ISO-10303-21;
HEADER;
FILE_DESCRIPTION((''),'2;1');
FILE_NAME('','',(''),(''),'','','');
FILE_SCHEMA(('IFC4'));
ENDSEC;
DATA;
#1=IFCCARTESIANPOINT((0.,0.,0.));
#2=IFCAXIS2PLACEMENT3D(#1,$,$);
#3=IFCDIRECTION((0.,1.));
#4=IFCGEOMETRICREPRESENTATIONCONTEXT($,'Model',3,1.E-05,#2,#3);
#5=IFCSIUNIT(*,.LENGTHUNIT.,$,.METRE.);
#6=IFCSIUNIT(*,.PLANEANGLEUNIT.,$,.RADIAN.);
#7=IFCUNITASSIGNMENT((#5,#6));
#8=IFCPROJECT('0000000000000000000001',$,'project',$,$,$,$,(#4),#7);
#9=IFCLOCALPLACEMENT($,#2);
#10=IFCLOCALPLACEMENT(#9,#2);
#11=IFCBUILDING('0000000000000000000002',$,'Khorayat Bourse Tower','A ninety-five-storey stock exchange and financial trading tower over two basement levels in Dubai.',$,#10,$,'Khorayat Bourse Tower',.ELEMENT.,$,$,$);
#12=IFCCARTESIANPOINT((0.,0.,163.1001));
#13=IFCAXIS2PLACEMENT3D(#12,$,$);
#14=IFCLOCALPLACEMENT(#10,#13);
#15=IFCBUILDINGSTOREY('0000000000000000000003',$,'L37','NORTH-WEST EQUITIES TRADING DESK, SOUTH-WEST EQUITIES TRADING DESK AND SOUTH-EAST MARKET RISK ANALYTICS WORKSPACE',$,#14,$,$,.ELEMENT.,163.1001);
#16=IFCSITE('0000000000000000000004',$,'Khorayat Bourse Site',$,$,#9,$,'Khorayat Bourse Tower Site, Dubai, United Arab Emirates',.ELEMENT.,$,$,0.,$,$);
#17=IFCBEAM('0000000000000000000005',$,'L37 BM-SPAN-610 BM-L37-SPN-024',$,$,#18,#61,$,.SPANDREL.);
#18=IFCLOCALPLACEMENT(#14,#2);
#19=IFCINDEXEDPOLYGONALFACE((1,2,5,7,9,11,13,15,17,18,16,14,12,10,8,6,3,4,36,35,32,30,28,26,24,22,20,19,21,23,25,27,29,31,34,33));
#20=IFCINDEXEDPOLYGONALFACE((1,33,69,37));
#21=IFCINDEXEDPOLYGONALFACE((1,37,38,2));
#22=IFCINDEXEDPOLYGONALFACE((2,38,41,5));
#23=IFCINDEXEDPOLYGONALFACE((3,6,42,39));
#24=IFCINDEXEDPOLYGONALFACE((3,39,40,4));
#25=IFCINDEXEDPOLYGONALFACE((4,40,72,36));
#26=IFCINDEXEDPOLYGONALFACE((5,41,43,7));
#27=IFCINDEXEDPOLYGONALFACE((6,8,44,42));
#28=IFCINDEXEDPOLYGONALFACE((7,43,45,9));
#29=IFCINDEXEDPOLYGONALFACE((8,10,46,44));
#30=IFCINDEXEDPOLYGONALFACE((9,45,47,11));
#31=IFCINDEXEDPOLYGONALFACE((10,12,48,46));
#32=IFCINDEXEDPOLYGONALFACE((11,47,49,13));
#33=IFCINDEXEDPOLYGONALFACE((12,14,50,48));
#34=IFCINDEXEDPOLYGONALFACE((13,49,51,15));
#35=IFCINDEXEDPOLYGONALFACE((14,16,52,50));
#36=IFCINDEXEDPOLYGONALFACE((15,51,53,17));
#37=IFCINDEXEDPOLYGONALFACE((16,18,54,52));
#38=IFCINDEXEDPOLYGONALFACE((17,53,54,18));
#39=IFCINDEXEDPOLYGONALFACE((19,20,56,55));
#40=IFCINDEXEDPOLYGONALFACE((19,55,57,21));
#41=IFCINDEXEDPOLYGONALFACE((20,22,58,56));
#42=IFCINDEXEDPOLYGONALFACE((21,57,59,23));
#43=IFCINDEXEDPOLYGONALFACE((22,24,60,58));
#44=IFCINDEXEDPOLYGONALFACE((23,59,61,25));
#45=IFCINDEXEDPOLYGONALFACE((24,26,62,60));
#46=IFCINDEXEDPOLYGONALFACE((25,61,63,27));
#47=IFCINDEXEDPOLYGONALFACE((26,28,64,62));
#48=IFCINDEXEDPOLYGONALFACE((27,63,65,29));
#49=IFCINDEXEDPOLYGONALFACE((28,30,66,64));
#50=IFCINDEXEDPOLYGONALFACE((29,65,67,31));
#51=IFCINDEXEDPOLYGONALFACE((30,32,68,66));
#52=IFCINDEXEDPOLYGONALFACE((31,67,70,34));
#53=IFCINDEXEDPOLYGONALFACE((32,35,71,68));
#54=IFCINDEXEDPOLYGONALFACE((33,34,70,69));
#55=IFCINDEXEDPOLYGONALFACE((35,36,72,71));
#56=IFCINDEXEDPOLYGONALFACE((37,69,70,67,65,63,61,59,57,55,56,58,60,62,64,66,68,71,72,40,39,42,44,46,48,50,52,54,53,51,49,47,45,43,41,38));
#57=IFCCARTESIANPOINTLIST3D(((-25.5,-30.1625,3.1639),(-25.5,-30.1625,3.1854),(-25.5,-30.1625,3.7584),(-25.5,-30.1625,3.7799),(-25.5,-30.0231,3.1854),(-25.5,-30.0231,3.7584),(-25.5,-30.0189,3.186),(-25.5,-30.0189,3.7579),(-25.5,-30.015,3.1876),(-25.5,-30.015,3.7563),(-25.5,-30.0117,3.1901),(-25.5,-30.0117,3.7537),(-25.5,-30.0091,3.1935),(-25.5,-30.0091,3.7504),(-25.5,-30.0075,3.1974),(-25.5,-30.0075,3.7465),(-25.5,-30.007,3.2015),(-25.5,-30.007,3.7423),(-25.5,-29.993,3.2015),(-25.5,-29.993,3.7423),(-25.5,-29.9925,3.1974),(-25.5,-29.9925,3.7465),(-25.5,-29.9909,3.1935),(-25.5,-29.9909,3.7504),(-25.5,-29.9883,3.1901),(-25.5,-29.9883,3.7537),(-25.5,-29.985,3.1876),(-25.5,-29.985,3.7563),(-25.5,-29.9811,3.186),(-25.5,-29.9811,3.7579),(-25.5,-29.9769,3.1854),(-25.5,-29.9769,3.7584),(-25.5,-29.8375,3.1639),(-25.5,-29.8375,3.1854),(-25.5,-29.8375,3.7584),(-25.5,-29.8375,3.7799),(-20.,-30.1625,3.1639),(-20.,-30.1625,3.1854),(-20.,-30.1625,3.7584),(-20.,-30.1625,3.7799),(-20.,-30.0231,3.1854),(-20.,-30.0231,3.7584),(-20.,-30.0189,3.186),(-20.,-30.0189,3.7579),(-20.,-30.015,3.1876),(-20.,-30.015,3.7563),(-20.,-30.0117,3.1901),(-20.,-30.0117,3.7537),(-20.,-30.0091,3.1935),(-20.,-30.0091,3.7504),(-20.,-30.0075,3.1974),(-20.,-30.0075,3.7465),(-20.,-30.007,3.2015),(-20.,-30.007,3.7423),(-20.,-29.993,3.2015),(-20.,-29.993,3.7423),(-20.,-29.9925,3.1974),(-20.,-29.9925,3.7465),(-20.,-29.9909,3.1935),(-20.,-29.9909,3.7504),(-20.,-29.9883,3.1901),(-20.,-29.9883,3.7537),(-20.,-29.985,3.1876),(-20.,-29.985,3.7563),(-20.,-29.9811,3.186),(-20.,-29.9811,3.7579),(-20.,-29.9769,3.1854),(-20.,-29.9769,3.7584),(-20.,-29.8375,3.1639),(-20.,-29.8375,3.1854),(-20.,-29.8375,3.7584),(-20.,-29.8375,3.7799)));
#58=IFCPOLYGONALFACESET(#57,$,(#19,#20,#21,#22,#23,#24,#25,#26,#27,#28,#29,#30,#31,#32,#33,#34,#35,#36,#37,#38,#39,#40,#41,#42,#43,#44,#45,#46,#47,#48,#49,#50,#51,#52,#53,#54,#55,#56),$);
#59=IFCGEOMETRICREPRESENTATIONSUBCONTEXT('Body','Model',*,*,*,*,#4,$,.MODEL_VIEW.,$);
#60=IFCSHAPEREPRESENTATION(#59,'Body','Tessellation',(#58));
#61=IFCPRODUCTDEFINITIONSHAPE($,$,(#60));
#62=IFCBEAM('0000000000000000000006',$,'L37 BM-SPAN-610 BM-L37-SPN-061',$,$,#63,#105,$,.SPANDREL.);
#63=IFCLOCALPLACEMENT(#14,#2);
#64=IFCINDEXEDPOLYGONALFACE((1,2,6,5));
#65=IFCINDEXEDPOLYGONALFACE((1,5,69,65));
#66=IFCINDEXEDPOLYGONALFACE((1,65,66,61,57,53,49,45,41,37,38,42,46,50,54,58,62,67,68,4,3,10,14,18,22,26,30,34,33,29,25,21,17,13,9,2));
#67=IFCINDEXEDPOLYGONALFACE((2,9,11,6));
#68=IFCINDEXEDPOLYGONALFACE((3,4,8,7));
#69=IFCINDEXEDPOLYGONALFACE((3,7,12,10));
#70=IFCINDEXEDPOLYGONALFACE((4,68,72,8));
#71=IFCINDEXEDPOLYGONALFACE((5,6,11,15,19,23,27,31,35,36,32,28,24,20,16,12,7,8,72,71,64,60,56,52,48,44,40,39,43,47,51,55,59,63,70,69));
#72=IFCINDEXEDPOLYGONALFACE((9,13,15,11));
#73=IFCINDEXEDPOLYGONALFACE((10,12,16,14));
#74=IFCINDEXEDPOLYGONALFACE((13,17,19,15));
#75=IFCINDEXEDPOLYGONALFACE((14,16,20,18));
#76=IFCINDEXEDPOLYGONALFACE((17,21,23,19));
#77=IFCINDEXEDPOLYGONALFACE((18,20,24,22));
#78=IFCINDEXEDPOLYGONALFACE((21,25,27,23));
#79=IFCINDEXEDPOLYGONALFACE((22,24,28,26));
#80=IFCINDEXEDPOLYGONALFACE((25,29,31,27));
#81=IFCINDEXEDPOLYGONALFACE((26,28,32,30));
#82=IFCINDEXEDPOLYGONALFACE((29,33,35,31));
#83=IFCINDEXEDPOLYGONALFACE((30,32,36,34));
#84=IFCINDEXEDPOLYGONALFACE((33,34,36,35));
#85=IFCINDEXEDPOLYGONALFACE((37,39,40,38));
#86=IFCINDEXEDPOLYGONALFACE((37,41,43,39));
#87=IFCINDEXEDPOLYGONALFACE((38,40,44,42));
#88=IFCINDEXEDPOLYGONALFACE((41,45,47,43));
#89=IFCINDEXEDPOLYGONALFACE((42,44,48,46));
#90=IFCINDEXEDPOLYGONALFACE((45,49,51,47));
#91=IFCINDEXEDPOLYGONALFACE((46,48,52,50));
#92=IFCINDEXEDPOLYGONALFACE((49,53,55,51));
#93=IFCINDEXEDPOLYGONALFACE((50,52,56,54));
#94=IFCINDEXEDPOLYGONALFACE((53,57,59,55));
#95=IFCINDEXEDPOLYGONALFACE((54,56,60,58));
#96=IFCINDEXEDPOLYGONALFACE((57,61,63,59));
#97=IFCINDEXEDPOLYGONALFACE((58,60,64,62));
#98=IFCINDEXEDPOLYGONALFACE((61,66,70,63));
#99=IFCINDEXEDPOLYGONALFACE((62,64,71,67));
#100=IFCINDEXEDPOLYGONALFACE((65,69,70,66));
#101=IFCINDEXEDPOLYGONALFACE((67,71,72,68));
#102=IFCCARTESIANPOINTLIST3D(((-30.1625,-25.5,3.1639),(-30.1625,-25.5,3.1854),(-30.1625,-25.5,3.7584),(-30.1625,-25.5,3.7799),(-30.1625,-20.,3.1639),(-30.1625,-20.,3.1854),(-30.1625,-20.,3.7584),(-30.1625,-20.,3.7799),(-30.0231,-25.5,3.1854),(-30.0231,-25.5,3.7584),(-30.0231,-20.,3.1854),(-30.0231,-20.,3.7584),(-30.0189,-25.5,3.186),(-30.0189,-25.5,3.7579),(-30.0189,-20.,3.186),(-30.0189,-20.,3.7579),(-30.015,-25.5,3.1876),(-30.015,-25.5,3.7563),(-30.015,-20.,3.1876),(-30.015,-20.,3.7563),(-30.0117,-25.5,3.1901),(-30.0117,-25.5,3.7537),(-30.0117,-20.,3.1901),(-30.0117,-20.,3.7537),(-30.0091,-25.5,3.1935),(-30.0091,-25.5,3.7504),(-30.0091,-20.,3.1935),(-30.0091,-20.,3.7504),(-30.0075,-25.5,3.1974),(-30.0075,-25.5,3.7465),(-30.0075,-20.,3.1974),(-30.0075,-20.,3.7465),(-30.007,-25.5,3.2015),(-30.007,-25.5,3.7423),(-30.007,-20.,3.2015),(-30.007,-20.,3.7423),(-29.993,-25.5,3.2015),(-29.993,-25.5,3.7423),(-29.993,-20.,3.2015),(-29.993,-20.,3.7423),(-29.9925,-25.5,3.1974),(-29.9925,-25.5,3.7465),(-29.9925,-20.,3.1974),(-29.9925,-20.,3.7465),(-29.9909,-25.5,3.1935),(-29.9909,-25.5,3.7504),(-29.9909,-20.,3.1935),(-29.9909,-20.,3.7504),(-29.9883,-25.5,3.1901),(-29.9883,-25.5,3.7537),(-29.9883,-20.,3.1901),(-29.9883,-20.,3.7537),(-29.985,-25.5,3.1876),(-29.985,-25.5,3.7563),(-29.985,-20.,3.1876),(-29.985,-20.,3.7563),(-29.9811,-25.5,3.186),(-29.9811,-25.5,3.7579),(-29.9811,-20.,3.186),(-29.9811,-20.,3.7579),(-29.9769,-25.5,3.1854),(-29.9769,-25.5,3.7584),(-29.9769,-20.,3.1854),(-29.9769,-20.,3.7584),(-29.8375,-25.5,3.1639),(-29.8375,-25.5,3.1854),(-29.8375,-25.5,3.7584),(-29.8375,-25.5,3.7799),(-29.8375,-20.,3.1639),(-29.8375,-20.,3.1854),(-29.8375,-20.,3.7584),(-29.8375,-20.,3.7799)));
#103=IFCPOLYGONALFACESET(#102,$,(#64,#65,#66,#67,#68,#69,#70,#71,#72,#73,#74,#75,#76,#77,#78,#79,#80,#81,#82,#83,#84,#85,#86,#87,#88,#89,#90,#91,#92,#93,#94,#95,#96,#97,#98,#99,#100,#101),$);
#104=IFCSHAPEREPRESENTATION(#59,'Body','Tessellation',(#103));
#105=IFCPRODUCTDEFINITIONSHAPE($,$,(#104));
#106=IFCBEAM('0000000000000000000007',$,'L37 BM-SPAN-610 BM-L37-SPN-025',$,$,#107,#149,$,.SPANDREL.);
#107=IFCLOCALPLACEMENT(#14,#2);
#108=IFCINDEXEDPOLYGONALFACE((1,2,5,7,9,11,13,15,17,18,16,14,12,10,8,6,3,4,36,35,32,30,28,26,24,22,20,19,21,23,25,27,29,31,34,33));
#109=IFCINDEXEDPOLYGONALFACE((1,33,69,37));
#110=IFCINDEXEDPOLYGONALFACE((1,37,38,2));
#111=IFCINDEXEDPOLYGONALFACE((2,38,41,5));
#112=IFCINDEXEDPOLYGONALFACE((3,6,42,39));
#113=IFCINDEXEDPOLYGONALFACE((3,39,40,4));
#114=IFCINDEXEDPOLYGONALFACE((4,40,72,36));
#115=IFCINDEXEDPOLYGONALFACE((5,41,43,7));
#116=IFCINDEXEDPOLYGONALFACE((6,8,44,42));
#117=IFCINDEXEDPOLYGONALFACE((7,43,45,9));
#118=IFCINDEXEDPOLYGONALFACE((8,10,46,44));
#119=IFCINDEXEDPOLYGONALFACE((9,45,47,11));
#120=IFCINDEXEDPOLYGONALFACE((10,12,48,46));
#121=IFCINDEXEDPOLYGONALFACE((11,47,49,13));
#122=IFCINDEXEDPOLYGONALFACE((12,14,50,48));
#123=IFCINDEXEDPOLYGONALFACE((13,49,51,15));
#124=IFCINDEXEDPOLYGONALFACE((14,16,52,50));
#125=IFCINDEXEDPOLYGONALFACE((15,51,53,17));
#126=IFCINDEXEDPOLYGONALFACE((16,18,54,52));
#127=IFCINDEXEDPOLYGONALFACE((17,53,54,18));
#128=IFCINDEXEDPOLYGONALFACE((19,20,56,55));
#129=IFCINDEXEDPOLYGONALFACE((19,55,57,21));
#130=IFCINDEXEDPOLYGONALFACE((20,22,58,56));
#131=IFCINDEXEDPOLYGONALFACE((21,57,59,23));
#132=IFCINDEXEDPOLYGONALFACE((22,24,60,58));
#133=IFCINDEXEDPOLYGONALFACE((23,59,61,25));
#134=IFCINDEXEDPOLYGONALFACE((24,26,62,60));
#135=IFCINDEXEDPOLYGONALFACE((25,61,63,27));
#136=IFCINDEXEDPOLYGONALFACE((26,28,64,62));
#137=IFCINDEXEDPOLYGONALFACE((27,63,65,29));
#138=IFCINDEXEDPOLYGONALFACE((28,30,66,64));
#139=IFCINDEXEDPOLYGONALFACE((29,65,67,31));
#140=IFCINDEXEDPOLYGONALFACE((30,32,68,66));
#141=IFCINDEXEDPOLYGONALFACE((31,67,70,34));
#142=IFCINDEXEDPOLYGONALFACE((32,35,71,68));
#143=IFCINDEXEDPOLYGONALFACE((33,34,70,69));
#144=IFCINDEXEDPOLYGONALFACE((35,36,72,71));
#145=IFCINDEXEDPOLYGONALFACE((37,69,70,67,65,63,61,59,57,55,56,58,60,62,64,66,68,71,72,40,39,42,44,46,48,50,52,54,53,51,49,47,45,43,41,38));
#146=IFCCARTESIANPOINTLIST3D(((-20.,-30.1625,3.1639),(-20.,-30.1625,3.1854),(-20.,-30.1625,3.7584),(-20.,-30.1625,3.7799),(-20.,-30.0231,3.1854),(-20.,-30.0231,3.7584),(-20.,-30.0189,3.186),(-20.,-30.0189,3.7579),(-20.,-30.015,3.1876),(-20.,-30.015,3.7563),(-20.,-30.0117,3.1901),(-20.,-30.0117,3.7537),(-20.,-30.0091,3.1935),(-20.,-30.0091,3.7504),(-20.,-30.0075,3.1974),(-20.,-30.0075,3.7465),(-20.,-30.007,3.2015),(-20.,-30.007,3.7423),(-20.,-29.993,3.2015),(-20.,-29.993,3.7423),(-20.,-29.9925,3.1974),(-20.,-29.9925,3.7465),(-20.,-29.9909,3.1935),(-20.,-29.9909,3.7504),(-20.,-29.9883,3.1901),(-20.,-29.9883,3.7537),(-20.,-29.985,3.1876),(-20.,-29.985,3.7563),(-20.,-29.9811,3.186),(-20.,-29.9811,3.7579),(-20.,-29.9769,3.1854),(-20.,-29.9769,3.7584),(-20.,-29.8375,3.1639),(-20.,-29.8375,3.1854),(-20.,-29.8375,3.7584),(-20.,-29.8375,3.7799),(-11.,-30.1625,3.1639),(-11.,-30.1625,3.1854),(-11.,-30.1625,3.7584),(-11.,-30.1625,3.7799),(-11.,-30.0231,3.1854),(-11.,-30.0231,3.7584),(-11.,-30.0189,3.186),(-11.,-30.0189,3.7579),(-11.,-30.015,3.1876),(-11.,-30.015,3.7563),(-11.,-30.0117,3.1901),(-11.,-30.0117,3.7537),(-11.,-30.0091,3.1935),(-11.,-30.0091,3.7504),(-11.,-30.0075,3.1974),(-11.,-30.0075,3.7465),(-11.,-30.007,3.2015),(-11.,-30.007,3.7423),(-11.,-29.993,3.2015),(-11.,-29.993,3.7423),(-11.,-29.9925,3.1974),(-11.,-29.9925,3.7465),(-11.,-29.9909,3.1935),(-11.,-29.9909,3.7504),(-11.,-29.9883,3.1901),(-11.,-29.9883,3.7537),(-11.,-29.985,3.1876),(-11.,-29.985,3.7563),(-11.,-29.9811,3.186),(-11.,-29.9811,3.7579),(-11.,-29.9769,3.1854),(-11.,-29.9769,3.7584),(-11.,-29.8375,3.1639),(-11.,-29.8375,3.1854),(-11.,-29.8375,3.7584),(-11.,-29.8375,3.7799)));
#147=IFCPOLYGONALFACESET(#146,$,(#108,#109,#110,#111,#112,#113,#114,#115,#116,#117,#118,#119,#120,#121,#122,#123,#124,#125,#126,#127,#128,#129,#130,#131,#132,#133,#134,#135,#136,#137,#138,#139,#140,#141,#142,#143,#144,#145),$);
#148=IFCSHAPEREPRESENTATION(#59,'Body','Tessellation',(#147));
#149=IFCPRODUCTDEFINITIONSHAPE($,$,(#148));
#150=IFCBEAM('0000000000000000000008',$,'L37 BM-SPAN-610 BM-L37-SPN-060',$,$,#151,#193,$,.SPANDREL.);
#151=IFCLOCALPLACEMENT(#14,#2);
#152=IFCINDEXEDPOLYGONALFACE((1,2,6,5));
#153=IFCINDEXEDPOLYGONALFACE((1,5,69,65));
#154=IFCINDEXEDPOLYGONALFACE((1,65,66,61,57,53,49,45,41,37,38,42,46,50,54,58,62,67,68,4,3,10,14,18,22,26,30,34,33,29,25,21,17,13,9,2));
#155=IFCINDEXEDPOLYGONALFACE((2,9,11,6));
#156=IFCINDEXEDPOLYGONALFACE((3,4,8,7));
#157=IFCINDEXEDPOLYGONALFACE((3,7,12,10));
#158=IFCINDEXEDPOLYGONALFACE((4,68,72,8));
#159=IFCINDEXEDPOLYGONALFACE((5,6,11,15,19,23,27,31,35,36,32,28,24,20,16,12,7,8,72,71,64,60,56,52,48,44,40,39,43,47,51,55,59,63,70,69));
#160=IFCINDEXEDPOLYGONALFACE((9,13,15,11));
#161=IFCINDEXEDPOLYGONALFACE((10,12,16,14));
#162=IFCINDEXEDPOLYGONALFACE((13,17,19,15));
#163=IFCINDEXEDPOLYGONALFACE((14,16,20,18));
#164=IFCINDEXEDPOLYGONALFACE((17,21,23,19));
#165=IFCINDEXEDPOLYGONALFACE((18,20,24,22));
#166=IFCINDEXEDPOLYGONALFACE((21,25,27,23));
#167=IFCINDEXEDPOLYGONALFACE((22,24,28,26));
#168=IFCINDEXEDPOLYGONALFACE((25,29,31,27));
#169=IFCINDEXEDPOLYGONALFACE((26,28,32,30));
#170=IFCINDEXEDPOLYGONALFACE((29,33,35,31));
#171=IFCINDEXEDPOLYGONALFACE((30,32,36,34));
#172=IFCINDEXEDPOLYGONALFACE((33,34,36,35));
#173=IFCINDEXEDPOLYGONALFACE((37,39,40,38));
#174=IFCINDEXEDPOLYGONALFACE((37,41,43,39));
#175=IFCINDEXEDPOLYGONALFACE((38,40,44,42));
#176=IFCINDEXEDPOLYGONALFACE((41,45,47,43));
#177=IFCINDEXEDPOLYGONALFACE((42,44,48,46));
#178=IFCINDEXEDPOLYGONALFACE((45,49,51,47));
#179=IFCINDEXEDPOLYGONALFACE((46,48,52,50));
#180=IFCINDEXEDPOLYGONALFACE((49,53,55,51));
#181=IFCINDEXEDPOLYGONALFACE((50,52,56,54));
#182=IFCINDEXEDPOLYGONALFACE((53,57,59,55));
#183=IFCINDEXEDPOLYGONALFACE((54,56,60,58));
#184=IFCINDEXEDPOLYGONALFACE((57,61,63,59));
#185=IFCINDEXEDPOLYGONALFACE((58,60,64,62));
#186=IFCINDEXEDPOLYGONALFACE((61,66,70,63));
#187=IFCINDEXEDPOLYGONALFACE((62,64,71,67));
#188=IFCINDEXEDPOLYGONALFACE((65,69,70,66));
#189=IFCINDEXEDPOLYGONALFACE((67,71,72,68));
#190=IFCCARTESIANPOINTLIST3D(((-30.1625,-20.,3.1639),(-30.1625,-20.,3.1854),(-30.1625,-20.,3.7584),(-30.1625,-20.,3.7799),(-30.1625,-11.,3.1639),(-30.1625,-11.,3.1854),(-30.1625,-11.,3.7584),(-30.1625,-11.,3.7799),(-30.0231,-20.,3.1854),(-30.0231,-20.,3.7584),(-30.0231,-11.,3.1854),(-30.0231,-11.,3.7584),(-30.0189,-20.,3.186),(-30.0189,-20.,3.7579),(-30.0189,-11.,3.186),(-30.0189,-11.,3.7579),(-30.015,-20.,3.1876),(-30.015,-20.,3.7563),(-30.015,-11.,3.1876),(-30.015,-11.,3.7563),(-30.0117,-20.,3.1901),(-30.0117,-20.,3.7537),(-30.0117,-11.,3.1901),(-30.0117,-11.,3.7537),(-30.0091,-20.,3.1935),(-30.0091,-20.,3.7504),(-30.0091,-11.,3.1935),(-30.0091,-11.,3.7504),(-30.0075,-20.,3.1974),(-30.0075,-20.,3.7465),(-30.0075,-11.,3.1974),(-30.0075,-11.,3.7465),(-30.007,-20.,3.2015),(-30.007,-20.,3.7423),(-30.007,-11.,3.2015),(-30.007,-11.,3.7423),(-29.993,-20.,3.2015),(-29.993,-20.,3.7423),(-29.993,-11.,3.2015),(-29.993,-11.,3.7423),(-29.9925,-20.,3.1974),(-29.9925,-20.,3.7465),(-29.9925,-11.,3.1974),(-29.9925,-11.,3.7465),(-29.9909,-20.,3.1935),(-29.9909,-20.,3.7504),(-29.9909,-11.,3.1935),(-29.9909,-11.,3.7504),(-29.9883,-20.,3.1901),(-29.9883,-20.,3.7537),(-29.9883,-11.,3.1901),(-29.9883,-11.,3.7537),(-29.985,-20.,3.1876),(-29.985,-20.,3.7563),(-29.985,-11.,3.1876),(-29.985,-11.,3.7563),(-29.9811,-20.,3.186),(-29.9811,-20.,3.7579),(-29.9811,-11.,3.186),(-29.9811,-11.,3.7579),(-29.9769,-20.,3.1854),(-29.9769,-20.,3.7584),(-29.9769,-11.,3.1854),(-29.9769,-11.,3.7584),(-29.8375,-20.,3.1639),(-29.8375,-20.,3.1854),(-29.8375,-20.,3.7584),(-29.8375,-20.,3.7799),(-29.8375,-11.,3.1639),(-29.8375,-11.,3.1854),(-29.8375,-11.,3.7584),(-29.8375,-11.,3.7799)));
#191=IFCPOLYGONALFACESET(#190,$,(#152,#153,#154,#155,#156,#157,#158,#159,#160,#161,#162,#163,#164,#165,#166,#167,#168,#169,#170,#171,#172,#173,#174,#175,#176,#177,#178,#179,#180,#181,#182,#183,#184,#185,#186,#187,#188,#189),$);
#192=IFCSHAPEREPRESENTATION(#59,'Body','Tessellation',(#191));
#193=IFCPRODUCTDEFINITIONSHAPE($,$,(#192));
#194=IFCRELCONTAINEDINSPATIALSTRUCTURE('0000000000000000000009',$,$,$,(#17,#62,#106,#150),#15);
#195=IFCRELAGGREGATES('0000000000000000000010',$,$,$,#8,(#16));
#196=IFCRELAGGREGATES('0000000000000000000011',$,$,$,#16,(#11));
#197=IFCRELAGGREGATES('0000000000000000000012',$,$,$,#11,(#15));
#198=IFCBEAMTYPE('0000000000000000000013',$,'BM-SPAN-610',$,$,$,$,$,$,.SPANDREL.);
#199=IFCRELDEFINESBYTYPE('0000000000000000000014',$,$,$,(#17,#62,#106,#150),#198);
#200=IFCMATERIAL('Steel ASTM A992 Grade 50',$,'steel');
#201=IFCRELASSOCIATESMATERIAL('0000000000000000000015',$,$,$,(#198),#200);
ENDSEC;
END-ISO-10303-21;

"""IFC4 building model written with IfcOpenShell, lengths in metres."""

from ifc_helpers import new_model, si_unit, direction, frame, origin, origin_2d, place, context, subcontext, project, spatial, i_section, extrude, source, transform, mapped, material, material_profile, profile_set, type_object, element, save


model = new_model("IFC4")

# Units and contexts
model_context = context("Model", 3, precision=1e-05, world=origin(), true_north=direction((0.0, 1.0)))
body_context = subcontext(model_context, "Body", "Model", "MODEL_VIEW")
ifc_project = project(units=[si_unit("LENGTHUNIT", "METRE"), si_unit("PLANEANGLEUNIT", "RADIAN")], contexts=[model_context])

# Site, building, storey
site_placement = place(None, origin())
site = spatial("IfcSite", under=ifc_project, at=site_placement, Name="Khorayat Bourse Site", LongName="Khorayat Bourse Tower Site, Dubai, United Arab Emirates", CompositionType="ELEMENT", RefElevation=0.0)
building_placement = place(site_placement, origin())
building = spatial("IfcBuilding", under=site, at=building_placement, Name="Khorayat Bourse Tower", Description="A ninety-five-storey stock exchange and financial trading tower over two basement levels in Dubai.", LongName="Khorayat Bourse Tower", CompositionType="ELEMENT")
storey_placement = place(building_placement, frame((0.0, 0.0, 163.1001)))
storey = spatial("IfcBuildingStorey", under=building, at=storey_placement, Name="L37", Description="NORTH-WEST EQUITIES TRADING DESK, SOUTH-WEST EQUITIES TRADING DESK AND SOUTH-EAST MARKET RISK ANALYTICS WORKSPACE", CompositionType="ELEMENT", Elevation=163.1001)

# Beams
ifc_material_1 = material(Name="Steel ASTM A992 Grade 50", Category="steel")
ifc_material_profile_1 = material_profile(ifc_material_1, i_section(OverallWidth=0.325, OverallDepth=0.616, WebThickness=0.0139, FlangeThickness=0.0215, FilletRadius=0.0161, at=origin_2d()), Name="W610X174")
ifc_profile_set_1 = profile_set([ifc_material_profile_1], Name="Steel ASTM A992 Grade 50")
beam_type_1 = type_object("IfcBeamType", Name="BM-SPAN-610", PredefinedType="SPANDREL", material=ifc_profile_set_1)
shared_shape_1 = source(origin(), body_context, "Body", "SweptSolid", [
    extrude(i_section(OverallWidth=0.325, OverallDepth=0.616, WebThickness=0.0139, FlangeThickness=0.0215, FilletRadius=0.0161, at=origin_2d()), origin(), (0.0, 0.0, 1.0), 5.5),
])
for number, where, z_axis, x_axis, name in (
    (1, (-25.5, -30.0, 3.4719), (1.0, 0.0, 0.0), (0.0, 1.0, 0.0), "L37 BM-SPAN-610 BM-L37-SPN-024"),
    (2, (-30.0, -25.5, 3.4719), (0.0, 1.0, 0.0), (-1.0, 0.0, 0.0), "L37 BM-SPAN-610 BM-L37-SPN-061"),
):
    element("IfcBeam", number, at=place(storey_placement, frame(where, z_axis=z_axis, x_axis=x_axis)), inside=storey, type_object=beam_type_1, Name=name, PredefinedType="SPANDREL", context=body_context, shape_type="MappedRepresentation", body=[
        mapped(shared_shape_1, transform((0.0, 0.0, 0.0), scale=1.0)),
    ])
shared_shape_2 = source(origin(), body_context, "Body", "SweptSolid", [
    extrude(i_section(OverallWidth=0.325, OverallDepth=0.616, WebThickness=0.0139, FlangeThickness=0.0215, FilletRadius=0.0161, at=origin_2d()), origin(), (0.0, 0.0, 1.0), 9.0),
])
for number, where, z_axis, x_axis, name in (
    (3, (-20.0, -30.0, 3.4719), (1.0, 0.0, 0.0), (0.0, 1.0, 0.0), "L37 BM-SPAN-610 BM-L37-SPN-025"),
    (4, (-30.0, -20.0, 3.4719), (0.0, 1.0, 0.0), (-1.0, 0.0, 0.0), "L37 BM-SPAN-610 BM-L37-SPN-060"),
):
    element("IfcBeam", number, at=place(storey_placement, frame(where, z_axis=z_axis, x_axis=x_axis)), inside=storey, type_object=beam_type_1, Name=name, PredefinedType="SPANDREL", context=body_context, shape_type="MappedRepresentation", body=[
        mapped(shared_shape_2, transform((0.0, 0.0, 0.0), scale=1.0)),
    ])

save(model, "model.ifc")
